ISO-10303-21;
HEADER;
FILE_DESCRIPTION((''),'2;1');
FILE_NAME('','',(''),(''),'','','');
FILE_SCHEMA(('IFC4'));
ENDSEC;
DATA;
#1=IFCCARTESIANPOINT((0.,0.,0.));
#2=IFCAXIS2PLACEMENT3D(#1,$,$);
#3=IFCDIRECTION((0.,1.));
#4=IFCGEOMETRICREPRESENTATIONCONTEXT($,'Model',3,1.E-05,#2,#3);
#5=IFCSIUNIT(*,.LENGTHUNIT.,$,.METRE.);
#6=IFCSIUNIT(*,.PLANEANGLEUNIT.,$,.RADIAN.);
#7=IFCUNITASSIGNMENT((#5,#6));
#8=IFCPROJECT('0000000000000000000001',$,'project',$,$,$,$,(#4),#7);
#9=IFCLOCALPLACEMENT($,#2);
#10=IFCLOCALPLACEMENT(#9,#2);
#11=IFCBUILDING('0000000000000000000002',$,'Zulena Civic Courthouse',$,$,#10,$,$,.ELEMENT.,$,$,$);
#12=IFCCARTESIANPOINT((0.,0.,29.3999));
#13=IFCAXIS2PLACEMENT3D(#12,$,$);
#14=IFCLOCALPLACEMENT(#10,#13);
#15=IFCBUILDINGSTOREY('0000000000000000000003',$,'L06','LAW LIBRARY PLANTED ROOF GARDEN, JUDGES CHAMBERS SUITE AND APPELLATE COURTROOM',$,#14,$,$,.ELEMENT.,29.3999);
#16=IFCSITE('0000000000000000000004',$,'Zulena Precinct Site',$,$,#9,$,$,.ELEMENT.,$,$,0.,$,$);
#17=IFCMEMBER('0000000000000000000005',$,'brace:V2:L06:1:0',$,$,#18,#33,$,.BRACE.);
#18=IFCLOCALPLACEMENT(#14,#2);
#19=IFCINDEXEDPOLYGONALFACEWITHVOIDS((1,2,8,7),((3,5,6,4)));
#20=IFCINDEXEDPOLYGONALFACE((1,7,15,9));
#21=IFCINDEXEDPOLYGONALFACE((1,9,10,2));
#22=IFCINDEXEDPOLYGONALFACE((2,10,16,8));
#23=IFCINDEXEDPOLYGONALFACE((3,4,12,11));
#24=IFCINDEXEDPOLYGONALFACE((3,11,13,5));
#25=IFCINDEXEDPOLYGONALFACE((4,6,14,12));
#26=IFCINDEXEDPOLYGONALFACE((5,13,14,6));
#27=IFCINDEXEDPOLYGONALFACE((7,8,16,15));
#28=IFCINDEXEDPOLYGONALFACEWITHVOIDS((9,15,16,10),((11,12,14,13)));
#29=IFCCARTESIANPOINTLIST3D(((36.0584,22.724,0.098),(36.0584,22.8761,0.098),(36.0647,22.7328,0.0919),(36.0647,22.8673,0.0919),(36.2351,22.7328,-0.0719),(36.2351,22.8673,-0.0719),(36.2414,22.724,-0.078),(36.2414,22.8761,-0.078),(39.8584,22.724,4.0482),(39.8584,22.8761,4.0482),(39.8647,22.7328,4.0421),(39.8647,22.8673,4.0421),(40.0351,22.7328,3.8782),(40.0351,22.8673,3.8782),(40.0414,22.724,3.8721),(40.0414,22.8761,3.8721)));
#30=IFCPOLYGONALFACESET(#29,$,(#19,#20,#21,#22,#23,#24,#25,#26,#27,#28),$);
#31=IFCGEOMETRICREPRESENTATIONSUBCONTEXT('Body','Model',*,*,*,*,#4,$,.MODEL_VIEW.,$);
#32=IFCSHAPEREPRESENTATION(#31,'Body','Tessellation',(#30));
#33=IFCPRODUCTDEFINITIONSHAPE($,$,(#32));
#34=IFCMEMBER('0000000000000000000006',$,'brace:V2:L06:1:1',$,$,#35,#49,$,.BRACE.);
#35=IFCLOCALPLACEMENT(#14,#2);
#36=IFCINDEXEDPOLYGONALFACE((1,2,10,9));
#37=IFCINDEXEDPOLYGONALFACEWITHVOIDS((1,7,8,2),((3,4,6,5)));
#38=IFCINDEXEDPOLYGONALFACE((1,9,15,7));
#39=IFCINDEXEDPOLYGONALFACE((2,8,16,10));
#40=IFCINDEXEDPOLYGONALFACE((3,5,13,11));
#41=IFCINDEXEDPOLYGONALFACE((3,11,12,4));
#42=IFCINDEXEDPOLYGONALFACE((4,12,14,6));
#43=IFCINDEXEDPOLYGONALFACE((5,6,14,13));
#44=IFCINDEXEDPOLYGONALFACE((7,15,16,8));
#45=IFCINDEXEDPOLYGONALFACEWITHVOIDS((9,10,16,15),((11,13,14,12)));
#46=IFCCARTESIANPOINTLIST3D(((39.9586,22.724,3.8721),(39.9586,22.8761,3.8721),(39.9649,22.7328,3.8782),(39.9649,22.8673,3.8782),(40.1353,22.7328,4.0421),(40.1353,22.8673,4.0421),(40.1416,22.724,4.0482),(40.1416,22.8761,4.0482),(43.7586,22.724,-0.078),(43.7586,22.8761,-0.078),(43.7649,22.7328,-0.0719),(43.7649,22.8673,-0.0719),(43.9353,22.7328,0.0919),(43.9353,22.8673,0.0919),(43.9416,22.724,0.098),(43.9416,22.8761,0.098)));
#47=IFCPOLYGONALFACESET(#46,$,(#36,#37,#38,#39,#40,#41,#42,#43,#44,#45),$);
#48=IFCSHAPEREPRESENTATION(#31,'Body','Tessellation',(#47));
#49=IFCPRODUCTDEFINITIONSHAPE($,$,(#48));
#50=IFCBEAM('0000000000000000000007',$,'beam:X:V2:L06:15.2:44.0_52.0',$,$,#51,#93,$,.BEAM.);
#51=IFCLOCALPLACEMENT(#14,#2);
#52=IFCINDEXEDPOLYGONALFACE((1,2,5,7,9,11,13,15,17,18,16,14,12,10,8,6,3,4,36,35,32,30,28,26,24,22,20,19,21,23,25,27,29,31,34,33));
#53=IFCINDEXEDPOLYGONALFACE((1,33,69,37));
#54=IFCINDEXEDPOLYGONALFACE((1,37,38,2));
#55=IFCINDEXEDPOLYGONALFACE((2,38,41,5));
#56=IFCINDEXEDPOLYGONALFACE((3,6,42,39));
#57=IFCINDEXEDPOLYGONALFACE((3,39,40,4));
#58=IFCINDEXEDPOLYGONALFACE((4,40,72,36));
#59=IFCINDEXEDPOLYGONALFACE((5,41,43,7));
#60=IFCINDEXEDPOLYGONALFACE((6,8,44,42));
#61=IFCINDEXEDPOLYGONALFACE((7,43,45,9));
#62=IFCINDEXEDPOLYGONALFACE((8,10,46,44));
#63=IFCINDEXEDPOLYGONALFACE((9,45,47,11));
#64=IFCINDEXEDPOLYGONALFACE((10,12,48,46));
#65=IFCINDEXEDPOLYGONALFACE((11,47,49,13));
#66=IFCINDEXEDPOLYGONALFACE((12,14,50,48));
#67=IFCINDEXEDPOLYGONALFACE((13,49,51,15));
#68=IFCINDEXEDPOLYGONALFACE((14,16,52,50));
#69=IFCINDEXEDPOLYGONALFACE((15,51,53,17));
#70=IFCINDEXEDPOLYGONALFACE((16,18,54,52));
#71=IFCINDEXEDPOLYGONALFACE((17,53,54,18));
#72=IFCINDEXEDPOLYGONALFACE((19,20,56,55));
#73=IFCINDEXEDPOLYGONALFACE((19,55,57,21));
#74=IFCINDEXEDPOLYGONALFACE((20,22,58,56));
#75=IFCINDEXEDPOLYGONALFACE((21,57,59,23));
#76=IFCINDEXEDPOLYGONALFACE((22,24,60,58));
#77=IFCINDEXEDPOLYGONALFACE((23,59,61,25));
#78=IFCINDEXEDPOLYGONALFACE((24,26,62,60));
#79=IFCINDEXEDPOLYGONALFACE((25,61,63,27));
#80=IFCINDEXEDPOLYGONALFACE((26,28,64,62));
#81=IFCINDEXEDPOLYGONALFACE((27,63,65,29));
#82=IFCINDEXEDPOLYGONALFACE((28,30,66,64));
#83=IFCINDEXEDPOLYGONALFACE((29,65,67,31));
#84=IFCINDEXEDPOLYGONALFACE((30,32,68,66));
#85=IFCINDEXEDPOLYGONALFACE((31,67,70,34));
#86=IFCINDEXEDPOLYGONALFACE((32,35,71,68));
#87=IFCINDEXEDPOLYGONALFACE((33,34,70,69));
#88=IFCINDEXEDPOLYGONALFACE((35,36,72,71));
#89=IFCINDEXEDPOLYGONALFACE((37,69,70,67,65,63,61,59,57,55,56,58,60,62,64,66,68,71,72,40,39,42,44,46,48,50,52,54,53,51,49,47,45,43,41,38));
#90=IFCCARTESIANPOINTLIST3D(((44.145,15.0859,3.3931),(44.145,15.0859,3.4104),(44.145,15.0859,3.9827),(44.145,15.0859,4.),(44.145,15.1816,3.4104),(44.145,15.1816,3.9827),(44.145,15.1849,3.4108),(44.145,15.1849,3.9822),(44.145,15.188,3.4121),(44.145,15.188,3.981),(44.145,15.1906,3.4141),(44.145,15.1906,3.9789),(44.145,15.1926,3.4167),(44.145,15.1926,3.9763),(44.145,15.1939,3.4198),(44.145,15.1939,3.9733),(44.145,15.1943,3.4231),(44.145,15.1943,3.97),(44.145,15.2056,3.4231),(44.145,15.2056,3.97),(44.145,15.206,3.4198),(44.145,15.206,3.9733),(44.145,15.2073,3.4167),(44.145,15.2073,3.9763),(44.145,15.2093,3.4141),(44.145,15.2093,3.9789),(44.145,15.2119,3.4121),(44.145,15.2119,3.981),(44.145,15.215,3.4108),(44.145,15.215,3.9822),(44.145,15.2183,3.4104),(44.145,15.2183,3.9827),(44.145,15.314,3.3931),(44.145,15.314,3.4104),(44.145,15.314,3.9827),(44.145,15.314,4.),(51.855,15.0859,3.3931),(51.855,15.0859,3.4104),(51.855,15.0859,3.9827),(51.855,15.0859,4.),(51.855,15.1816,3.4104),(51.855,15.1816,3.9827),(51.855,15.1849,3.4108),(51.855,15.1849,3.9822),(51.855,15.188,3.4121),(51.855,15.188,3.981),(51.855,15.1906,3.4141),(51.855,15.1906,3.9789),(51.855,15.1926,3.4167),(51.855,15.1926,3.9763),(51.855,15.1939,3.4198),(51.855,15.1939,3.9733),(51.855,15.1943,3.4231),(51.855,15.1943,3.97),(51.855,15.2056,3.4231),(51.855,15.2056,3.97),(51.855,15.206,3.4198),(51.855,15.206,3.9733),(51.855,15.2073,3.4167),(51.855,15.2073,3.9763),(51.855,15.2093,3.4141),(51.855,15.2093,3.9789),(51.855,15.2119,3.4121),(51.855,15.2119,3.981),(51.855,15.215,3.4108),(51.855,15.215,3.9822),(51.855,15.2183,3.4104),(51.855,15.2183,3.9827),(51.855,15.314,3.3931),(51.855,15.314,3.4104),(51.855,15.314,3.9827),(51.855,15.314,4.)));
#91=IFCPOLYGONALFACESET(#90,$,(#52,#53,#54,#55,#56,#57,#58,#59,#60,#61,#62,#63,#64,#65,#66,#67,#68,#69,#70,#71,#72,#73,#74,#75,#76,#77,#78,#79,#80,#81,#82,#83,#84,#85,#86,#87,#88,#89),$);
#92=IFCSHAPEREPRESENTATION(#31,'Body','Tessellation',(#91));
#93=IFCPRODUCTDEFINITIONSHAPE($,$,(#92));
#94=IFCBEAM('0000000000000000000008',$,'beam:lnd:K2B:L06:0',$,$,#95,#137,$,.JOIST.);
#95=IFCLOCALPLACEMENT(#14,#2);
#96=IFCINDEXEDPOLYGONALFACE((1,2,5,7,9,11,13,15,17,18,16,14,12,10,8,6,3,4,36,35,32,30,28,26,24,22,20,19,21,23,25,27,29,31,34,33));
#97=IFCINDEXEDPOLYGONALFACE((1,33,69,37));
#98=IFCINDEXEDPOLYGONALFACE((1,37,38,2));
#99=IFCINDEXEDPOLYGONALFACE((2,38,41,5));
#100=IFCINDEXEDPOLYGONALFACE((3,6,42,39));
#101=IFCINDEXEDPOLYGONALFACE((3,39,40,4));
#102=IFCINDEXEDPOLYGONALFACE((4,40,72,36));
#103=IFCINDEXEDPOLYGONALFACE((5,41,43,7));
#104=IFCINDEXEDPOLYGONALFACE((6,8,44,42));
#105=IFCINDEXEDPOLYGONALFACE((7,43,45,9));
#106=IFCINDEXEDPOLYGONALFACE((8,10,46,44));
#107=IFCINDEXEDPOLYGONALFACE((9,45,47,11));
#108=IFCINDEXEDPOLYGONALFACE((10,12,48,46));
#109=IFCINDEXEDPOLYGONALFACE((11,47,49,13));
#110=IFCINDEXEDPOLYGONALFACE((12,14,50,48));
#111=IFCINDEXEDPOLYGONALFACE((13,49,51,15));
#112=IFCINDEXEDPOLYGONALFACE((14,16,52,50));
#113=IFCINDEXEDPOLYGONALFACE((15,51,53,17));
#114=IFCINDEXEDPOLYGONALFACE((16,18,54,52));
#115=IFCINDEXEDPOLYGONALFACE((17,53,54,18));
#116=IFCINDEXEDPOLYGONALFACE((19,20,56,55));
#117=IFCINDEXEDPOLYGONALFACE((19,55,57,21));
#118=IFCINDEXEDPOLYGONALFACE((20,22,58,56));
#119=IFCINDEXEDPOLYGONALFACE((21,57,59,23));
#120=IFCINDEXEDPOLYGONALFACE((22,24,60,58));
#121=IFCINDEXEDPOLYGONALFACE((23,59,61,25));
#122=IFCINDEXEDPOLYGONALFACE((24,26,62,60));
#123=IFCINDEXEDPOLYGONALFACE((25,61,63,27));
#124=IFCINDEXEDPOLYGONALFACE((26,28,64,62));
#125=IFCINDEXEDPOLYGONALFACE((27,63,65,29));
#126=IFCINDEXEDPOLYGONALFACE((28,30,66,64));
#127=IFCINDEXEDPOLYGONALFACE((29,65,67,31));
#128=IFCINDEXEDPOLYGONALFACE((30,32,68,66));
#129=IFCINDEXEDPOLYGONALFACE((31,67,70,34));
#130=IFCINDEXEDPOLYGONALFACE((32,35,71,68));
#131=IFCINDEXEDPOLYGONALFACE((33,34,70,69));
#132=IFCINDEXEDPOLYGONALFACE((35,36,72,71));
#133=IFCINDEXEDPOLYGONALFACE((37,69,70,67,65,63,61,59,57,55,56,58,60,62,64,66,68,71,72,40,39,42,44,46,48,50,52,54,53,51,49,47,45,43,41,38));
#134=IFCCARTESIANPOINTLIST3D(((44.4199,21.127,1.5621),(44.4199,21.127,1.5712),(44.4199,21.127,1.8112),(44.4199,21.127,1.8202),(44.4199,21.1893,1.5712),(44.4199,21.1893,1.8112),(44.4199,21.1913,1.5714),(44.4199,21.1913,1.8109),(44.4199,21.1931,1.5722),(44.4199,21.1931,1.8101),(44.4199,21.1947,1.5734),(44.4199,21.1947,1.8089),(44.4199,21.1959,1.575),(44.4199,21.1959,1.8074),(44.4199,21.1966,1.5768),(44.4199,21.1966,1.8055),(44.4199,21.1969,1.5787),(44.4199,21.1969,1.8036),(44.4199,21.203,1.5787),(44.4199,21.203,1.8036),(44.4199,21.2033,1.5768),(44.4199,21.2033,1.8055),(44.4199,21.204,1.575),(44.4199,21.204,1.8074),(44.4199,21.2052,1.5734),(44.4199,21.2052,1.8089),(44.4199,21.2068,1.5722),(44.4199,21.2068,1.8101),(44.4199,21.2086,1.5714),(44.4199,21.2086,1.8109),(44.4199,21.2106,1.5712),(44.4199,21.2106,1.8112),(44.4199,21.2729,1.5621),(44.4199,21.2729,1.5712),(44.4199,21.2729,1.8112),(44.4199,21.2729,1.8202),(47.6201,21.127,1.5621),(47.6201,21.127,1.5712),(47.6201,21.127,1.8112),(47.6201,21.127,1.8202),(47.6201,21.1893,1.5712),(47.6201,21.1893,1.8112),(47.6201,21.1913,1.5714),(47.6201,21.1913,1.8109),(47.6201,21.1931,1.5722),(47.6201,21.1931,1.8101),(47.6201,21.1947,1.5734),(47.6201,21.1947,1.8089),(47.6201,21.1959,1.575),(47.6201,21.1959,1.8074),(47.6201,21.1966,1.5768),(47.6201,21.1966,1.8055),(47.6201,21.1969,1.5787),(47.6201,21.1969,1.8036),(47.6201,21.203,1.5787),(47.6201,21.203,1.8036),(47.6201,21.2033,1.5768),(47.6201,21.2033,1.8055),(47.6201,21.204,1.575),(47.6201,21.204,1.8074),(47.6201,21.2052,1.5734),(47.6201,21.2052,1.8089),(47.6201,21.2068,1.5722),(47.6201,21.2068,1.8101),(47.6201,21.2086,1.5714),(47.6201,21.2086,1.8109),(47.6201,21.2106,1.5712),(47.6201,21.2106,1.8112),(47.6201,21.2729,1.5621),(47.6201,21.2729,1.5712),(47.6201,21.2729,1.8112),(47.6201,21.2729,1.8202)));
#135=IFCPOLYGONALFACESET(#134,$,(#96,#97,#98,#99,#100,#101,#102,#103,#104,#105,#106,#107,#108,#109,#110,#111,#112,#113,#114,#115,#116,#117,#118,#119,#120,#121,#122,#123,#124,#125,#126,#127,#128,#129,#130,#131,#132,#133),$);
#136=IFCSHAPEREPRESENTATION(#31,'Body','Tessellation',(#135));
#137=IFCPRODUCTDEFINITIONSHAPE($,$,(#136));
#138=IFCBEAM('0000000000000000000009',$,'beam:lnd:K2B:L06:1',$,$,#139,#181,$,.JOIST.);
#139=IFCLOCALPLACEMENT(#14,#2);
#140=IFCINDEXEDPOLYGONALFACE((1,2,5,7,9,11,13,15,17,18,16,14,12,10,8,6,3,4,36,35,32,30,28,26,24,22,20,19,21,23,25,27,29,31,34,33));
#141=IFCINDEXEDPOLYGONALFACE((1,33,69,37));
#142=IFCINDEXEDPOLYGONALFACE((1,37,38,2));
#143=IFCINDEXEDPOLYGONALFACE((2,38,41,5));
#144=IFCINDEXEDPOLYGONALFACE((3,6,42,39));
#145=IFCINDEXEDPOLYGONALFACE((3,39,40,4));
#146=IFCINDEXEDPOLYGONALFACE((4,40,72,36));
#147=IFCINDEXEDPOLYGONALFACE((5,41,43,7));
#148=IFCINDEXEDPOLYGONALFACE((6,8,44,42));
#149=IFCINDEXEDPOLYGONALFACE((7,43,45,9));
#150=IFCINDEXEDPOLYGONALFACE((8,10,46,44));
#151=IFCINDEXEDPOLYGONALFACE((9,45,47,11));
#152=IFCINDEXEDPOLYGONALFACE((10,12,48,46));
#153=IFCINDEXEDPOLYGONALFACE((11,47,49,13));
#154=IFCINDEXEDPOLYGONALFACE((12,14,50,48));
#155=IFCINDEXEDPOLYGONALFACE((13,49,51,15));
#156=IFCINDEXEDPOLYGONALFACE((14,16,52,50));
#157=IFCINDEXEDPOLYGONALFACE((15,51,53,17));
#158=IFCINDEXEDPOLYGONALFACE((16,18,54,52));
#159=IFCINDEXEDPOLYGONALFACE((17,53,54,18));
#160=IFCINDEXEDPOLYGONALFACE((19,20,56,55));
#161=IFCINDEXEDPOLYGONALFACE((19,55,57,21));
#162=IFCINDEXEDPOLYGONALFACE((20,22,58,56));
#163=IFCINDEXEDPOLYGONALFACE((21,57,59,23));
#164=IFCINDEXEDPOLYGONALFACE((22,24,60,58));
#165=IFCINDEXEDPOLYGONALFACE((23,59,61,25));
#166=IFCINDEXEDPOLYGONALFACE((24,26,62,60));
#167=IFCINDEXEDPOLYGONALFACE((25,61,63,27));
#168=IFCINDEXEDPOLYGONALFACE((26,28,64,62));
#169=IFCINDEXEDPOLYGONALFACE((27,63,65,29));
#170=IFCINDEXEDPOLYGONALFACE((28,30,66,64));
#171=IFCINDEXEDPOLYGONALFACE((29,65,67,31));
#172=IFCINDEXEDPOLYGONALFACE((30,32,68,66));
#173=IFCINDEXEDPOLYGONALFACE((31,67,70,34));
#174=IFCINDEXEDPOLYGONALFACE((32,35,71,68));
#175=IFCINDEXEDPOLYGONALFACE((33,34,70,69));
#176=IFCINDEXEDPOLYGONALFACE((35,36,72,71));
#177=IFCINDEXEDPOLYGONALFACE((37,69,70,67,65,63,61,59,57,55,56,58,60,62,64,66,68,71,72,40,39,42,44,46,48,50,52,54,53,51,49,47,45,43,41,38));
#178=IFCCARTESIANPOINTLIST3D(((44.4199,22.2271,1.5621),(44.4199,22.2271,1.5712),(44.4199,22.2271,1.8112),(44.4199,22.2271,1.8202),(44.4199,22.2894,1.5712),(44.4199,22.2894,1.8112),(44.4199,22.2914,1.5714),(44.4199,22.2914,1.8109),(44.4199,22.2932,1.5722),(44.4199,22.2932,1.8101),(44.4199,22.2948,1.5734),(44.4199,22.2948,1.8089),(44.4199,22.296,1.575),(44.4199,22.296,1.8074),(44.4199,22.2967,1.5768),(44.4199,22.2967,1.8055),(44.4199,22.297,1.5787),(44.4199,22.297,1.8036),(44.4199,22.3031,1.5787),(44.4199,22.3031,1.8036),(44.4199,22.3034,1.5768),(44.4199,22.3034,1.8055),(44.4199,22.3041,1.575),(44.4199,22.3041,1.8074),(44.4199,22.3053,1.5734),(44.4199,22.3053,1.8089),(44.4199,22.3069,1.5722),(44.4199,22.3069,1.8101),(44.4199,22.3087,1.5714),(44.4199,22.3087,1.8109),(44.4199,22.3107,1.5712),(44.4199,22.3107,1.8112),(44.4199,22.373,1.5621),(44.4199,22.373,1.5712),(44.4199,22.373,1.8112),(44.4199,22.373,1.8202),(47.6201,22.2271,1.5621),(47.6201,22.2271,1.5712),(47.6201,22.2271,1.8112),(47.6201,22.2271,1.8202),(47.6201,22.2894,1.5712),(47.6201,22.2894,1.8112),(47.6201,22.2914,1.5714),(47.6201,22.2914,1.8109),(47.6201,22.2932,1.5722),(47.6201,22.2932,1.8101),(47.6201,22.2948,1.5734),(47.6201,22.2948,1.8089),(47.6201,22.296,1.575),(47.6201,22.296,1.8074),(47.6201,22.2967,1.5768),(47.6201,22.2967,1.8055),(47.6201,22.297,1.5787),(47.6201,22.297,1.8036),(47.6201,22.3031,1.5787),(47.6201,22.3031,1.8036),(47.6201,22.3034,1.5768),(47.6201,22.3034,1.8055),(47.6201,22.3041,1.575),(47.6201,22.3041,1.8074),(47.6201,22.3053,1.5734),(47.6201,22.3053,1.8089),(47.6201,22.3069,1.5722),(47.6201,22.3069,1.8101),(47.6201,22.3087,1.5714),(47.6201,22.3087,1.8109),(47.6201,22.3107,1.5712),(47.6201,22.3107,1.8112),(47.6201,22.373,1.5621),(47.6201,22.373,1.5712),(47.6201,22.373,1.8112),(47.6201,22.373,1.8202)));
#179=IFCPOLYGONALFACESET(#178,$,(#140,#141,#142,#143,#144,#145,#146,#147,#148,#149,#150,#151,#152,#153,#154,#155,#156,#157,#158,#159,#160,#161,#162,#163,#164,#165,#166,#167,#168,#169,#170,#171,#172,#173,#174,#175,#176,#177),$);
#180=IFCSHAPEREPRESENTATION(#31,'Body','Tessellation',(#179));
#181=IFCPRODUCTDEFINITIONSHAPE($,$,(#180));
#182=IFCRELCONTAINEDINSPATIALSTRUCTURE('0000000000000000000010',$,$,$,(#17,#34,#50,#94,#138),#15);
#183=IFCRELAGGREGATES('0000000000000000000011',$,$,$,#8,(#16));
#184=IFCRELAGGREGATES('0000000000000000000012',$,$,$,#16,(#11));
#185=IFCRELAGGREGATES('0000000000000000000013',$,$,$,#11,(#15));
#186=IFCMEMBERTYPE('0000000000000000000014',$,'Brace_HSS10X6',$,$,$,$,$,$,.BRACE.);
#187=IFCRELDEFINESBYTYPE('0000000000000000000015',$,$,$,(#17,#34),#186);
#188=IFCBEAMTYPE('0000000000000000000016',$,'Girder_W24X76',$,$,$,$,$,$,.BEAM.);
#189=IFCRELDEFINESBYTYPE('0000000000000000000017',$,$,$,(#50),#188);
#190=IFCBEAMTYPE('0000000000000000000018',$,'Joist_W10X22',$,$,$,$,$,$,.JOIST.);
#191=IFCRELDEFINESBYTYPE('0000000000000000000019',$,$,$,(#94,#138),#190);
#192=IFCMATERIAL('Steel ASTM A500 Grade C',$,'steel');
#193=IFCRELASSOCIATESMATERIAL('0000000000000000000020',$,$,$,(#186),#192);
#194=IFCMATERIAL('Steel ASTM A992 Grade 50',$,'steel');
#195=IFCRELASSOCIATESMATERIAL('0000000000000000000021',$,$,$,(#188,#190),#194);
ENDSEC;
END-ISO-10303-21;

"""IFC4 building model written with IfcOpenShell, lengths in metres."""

from ifc_helpers import new_model, si_unit, direction, frame, origin, origin_2d, place, context, subcontext, project, spatial, hollow_rectangle, i_section, extrude, material, material_profile, profile_set, type_object, element, save


model = new_model("IFC4")

# Units and contexts
model_context = context("Model", 3, precision=1e-05, world=origin(), true_north=direction((0.0, 1.0)))
body_context = subcontext(model_context, "Body", "Model", "MODEL_VIEW")
ifc_project = project(units=[si_unit("LENGTHUNIT", "METRE"), si_unit("PLANEANGLEUNIT", "RADIAN")], contexts=[model_context])

# Site, building, storey
site_placement = place(None, origin())
site = spatial("IfcSite", under=ifc_project, at=site_placement, Name="Zulena Precinct Site", CompositionType="ELEMENT", RefElevation=0.0)
building_placement = place(site_placement, origin())
building = spatial("IfcBuilding", under=site, at=building_placement, Name="Zulena Civic Courthouse", CompositionType="ELEMENT")
storey_placement = place(building_placement, frame((0.0, 0.0, 29.3999)))
storey = spatial("IfcBuildingStorey", under=building, at=storey_placement, Name="L06", Description="LAW LIBRARY PLANTED ROOF GARDEN, JUDGES CHAMBERS SUITE AND APPELLATE COURTROOM", CompositionType="ELEMENT", Elevation=29.3999)

# Shared definitions
ifc_material_1 = material(Name="Steel ASTM A992 Grade 50", Category="steel")

# Members
ifc_material_2 = material(Name="Steel ASTM A500 Grade C", Category="steel")
ifc_material_profile_1 = material_profile(ifc_material_2, hollow_rectangle(XDim=0.1521, YDim=0.2539, WallThickness=0.0088, at=origin_2d()), Name="HSS10X6X3/8")
ifc_profile_set_1 = profile_set([ifc_material_profile_1], Name="Steel ASTM A500 Grade C")
member_type = type_object("IfcMemberType", Name="Brace_HSS10X6", PredefinedType="BRACE", material=ifc_profile_set_1)
for number, where, z_axis, x_axis, name in (
    (1, (36.1499, 22.8, 0.01), (0.693278, 0.0, 0.72067), (0.0, 1.0, 0.0), "brace:V2:L06:1:0"),
    (2, (43.8501, 22.8, 0.01), (-0.693278, 0.0, 0.72067), (0.0, -1.0, 0.0), "brace:V2:L06:1:1"),
):
    element("IfcMember", number, at=place(storey_placement, frame(where, z_axis=z_axis, x_axis=x_axis)), inside=storey, type_object=member_type, Name=name, PredefinedType="BRACE", context=body_context, shape_type="SweptSolid", body=[
        extrude(hollow_rectangle(XDim=0.1521, YDim=0.2539, WallThickness=0.0088, at=origin_2d()), origin(), (0.0, 0.0, 1.0), 5.4812),
    ])

# Beams
ifc_material_profile_2 = material_profile(ifc_material_1, i_section(OverallWidth=0.228, OverallDepth=0.6069, WebThickness=0.0112, FlangeThickness=0.0173, FilletRadius=0.0127, at=origin_2d()), Name="W24X76")
ifc_profile_set_2 = profile_set([ifc_material_profile_2], Name="Steel ASTM A992 Grade 50")
beam_type_1 = type_object("IfcBeamType", Name="Girder_W24X76", PredefinedType="BEAM", material=ifc_profile_set_2)
beam_1_placement = place(storey_placement, frame((44.145, 15.2, 3.6965), z_axis=(1.0, 0.0, 0.0), x_axis=(0.0, 1.0, 0.0)))
element("IfcBeam", 3, at=beam_1_placement, inside=storey, type_object=beam_type_1, Name="beam:X:V2:L06:15.2:44.0_52.0", PredefinedType="BEAM", context=body_context, shape_type="SweptSolid", body=[
    extrude(i_section(OverallWidth=0.228, OverallDepth=0.6069, WebThickness=0.0112, FlangeThickness=0.0173, FilletRadius=0.0127, at=origin_2d()), origin(), (0.0, 0.0, 1.0), 7.71),
])
ifc_material_profile_3 = material_profile(ifc_material_1, i_section(OverallWidth=0.146, OverallDepth=0.2581, WebThickness=0.0061, FlangeThickness=0.009, FilletRadius=0.0076, at=origin_2d()), Name="W10X22")
ifc_profile_set_3 = profile_set([ifc_material_profile_3], Name="Steel ASTM A992 Grade 50")
beam_type_2 = type_object("IfcBeamType", Name="Joist_W10X22", PredefinedType="JOIST", material=ifc_profile_set_3)
for number, where, z_axis, x_axis, name in (
    (4, (44.4199, 21.2, 1.6912), (1.0, 0.0, 0.0), (0.0, 1.0, 0.0), "beam:lnd:K2B:L06:0"),
    (5, (44.4199, 22.3, 1.6912), (1.0, 0.0, 0.0), (0.0, 1.0, 0.0), "beam:lnd:K2B:L06:1"),
):
    element("IfcBeam", number, at=place(storey_placement, frame(where, z_axis=z_axis, x_axis=x_axis)), inside=storey, type_object=beam_type_2, Name=name, PredefinedType="JOIST", context=body_context, shape_type="SweptSolid", body=[
        extrude(i_section(OverallWidth=0.146, OverallDepth=0.2581, WebThickness=0.0061, FlangeThickness=0.009, FilletRadius=0.0076, at=origin_2d()), origin(), (0.0, 0.0, 1.0), 3.2002),
    ])

save(model, "model.ifc")
